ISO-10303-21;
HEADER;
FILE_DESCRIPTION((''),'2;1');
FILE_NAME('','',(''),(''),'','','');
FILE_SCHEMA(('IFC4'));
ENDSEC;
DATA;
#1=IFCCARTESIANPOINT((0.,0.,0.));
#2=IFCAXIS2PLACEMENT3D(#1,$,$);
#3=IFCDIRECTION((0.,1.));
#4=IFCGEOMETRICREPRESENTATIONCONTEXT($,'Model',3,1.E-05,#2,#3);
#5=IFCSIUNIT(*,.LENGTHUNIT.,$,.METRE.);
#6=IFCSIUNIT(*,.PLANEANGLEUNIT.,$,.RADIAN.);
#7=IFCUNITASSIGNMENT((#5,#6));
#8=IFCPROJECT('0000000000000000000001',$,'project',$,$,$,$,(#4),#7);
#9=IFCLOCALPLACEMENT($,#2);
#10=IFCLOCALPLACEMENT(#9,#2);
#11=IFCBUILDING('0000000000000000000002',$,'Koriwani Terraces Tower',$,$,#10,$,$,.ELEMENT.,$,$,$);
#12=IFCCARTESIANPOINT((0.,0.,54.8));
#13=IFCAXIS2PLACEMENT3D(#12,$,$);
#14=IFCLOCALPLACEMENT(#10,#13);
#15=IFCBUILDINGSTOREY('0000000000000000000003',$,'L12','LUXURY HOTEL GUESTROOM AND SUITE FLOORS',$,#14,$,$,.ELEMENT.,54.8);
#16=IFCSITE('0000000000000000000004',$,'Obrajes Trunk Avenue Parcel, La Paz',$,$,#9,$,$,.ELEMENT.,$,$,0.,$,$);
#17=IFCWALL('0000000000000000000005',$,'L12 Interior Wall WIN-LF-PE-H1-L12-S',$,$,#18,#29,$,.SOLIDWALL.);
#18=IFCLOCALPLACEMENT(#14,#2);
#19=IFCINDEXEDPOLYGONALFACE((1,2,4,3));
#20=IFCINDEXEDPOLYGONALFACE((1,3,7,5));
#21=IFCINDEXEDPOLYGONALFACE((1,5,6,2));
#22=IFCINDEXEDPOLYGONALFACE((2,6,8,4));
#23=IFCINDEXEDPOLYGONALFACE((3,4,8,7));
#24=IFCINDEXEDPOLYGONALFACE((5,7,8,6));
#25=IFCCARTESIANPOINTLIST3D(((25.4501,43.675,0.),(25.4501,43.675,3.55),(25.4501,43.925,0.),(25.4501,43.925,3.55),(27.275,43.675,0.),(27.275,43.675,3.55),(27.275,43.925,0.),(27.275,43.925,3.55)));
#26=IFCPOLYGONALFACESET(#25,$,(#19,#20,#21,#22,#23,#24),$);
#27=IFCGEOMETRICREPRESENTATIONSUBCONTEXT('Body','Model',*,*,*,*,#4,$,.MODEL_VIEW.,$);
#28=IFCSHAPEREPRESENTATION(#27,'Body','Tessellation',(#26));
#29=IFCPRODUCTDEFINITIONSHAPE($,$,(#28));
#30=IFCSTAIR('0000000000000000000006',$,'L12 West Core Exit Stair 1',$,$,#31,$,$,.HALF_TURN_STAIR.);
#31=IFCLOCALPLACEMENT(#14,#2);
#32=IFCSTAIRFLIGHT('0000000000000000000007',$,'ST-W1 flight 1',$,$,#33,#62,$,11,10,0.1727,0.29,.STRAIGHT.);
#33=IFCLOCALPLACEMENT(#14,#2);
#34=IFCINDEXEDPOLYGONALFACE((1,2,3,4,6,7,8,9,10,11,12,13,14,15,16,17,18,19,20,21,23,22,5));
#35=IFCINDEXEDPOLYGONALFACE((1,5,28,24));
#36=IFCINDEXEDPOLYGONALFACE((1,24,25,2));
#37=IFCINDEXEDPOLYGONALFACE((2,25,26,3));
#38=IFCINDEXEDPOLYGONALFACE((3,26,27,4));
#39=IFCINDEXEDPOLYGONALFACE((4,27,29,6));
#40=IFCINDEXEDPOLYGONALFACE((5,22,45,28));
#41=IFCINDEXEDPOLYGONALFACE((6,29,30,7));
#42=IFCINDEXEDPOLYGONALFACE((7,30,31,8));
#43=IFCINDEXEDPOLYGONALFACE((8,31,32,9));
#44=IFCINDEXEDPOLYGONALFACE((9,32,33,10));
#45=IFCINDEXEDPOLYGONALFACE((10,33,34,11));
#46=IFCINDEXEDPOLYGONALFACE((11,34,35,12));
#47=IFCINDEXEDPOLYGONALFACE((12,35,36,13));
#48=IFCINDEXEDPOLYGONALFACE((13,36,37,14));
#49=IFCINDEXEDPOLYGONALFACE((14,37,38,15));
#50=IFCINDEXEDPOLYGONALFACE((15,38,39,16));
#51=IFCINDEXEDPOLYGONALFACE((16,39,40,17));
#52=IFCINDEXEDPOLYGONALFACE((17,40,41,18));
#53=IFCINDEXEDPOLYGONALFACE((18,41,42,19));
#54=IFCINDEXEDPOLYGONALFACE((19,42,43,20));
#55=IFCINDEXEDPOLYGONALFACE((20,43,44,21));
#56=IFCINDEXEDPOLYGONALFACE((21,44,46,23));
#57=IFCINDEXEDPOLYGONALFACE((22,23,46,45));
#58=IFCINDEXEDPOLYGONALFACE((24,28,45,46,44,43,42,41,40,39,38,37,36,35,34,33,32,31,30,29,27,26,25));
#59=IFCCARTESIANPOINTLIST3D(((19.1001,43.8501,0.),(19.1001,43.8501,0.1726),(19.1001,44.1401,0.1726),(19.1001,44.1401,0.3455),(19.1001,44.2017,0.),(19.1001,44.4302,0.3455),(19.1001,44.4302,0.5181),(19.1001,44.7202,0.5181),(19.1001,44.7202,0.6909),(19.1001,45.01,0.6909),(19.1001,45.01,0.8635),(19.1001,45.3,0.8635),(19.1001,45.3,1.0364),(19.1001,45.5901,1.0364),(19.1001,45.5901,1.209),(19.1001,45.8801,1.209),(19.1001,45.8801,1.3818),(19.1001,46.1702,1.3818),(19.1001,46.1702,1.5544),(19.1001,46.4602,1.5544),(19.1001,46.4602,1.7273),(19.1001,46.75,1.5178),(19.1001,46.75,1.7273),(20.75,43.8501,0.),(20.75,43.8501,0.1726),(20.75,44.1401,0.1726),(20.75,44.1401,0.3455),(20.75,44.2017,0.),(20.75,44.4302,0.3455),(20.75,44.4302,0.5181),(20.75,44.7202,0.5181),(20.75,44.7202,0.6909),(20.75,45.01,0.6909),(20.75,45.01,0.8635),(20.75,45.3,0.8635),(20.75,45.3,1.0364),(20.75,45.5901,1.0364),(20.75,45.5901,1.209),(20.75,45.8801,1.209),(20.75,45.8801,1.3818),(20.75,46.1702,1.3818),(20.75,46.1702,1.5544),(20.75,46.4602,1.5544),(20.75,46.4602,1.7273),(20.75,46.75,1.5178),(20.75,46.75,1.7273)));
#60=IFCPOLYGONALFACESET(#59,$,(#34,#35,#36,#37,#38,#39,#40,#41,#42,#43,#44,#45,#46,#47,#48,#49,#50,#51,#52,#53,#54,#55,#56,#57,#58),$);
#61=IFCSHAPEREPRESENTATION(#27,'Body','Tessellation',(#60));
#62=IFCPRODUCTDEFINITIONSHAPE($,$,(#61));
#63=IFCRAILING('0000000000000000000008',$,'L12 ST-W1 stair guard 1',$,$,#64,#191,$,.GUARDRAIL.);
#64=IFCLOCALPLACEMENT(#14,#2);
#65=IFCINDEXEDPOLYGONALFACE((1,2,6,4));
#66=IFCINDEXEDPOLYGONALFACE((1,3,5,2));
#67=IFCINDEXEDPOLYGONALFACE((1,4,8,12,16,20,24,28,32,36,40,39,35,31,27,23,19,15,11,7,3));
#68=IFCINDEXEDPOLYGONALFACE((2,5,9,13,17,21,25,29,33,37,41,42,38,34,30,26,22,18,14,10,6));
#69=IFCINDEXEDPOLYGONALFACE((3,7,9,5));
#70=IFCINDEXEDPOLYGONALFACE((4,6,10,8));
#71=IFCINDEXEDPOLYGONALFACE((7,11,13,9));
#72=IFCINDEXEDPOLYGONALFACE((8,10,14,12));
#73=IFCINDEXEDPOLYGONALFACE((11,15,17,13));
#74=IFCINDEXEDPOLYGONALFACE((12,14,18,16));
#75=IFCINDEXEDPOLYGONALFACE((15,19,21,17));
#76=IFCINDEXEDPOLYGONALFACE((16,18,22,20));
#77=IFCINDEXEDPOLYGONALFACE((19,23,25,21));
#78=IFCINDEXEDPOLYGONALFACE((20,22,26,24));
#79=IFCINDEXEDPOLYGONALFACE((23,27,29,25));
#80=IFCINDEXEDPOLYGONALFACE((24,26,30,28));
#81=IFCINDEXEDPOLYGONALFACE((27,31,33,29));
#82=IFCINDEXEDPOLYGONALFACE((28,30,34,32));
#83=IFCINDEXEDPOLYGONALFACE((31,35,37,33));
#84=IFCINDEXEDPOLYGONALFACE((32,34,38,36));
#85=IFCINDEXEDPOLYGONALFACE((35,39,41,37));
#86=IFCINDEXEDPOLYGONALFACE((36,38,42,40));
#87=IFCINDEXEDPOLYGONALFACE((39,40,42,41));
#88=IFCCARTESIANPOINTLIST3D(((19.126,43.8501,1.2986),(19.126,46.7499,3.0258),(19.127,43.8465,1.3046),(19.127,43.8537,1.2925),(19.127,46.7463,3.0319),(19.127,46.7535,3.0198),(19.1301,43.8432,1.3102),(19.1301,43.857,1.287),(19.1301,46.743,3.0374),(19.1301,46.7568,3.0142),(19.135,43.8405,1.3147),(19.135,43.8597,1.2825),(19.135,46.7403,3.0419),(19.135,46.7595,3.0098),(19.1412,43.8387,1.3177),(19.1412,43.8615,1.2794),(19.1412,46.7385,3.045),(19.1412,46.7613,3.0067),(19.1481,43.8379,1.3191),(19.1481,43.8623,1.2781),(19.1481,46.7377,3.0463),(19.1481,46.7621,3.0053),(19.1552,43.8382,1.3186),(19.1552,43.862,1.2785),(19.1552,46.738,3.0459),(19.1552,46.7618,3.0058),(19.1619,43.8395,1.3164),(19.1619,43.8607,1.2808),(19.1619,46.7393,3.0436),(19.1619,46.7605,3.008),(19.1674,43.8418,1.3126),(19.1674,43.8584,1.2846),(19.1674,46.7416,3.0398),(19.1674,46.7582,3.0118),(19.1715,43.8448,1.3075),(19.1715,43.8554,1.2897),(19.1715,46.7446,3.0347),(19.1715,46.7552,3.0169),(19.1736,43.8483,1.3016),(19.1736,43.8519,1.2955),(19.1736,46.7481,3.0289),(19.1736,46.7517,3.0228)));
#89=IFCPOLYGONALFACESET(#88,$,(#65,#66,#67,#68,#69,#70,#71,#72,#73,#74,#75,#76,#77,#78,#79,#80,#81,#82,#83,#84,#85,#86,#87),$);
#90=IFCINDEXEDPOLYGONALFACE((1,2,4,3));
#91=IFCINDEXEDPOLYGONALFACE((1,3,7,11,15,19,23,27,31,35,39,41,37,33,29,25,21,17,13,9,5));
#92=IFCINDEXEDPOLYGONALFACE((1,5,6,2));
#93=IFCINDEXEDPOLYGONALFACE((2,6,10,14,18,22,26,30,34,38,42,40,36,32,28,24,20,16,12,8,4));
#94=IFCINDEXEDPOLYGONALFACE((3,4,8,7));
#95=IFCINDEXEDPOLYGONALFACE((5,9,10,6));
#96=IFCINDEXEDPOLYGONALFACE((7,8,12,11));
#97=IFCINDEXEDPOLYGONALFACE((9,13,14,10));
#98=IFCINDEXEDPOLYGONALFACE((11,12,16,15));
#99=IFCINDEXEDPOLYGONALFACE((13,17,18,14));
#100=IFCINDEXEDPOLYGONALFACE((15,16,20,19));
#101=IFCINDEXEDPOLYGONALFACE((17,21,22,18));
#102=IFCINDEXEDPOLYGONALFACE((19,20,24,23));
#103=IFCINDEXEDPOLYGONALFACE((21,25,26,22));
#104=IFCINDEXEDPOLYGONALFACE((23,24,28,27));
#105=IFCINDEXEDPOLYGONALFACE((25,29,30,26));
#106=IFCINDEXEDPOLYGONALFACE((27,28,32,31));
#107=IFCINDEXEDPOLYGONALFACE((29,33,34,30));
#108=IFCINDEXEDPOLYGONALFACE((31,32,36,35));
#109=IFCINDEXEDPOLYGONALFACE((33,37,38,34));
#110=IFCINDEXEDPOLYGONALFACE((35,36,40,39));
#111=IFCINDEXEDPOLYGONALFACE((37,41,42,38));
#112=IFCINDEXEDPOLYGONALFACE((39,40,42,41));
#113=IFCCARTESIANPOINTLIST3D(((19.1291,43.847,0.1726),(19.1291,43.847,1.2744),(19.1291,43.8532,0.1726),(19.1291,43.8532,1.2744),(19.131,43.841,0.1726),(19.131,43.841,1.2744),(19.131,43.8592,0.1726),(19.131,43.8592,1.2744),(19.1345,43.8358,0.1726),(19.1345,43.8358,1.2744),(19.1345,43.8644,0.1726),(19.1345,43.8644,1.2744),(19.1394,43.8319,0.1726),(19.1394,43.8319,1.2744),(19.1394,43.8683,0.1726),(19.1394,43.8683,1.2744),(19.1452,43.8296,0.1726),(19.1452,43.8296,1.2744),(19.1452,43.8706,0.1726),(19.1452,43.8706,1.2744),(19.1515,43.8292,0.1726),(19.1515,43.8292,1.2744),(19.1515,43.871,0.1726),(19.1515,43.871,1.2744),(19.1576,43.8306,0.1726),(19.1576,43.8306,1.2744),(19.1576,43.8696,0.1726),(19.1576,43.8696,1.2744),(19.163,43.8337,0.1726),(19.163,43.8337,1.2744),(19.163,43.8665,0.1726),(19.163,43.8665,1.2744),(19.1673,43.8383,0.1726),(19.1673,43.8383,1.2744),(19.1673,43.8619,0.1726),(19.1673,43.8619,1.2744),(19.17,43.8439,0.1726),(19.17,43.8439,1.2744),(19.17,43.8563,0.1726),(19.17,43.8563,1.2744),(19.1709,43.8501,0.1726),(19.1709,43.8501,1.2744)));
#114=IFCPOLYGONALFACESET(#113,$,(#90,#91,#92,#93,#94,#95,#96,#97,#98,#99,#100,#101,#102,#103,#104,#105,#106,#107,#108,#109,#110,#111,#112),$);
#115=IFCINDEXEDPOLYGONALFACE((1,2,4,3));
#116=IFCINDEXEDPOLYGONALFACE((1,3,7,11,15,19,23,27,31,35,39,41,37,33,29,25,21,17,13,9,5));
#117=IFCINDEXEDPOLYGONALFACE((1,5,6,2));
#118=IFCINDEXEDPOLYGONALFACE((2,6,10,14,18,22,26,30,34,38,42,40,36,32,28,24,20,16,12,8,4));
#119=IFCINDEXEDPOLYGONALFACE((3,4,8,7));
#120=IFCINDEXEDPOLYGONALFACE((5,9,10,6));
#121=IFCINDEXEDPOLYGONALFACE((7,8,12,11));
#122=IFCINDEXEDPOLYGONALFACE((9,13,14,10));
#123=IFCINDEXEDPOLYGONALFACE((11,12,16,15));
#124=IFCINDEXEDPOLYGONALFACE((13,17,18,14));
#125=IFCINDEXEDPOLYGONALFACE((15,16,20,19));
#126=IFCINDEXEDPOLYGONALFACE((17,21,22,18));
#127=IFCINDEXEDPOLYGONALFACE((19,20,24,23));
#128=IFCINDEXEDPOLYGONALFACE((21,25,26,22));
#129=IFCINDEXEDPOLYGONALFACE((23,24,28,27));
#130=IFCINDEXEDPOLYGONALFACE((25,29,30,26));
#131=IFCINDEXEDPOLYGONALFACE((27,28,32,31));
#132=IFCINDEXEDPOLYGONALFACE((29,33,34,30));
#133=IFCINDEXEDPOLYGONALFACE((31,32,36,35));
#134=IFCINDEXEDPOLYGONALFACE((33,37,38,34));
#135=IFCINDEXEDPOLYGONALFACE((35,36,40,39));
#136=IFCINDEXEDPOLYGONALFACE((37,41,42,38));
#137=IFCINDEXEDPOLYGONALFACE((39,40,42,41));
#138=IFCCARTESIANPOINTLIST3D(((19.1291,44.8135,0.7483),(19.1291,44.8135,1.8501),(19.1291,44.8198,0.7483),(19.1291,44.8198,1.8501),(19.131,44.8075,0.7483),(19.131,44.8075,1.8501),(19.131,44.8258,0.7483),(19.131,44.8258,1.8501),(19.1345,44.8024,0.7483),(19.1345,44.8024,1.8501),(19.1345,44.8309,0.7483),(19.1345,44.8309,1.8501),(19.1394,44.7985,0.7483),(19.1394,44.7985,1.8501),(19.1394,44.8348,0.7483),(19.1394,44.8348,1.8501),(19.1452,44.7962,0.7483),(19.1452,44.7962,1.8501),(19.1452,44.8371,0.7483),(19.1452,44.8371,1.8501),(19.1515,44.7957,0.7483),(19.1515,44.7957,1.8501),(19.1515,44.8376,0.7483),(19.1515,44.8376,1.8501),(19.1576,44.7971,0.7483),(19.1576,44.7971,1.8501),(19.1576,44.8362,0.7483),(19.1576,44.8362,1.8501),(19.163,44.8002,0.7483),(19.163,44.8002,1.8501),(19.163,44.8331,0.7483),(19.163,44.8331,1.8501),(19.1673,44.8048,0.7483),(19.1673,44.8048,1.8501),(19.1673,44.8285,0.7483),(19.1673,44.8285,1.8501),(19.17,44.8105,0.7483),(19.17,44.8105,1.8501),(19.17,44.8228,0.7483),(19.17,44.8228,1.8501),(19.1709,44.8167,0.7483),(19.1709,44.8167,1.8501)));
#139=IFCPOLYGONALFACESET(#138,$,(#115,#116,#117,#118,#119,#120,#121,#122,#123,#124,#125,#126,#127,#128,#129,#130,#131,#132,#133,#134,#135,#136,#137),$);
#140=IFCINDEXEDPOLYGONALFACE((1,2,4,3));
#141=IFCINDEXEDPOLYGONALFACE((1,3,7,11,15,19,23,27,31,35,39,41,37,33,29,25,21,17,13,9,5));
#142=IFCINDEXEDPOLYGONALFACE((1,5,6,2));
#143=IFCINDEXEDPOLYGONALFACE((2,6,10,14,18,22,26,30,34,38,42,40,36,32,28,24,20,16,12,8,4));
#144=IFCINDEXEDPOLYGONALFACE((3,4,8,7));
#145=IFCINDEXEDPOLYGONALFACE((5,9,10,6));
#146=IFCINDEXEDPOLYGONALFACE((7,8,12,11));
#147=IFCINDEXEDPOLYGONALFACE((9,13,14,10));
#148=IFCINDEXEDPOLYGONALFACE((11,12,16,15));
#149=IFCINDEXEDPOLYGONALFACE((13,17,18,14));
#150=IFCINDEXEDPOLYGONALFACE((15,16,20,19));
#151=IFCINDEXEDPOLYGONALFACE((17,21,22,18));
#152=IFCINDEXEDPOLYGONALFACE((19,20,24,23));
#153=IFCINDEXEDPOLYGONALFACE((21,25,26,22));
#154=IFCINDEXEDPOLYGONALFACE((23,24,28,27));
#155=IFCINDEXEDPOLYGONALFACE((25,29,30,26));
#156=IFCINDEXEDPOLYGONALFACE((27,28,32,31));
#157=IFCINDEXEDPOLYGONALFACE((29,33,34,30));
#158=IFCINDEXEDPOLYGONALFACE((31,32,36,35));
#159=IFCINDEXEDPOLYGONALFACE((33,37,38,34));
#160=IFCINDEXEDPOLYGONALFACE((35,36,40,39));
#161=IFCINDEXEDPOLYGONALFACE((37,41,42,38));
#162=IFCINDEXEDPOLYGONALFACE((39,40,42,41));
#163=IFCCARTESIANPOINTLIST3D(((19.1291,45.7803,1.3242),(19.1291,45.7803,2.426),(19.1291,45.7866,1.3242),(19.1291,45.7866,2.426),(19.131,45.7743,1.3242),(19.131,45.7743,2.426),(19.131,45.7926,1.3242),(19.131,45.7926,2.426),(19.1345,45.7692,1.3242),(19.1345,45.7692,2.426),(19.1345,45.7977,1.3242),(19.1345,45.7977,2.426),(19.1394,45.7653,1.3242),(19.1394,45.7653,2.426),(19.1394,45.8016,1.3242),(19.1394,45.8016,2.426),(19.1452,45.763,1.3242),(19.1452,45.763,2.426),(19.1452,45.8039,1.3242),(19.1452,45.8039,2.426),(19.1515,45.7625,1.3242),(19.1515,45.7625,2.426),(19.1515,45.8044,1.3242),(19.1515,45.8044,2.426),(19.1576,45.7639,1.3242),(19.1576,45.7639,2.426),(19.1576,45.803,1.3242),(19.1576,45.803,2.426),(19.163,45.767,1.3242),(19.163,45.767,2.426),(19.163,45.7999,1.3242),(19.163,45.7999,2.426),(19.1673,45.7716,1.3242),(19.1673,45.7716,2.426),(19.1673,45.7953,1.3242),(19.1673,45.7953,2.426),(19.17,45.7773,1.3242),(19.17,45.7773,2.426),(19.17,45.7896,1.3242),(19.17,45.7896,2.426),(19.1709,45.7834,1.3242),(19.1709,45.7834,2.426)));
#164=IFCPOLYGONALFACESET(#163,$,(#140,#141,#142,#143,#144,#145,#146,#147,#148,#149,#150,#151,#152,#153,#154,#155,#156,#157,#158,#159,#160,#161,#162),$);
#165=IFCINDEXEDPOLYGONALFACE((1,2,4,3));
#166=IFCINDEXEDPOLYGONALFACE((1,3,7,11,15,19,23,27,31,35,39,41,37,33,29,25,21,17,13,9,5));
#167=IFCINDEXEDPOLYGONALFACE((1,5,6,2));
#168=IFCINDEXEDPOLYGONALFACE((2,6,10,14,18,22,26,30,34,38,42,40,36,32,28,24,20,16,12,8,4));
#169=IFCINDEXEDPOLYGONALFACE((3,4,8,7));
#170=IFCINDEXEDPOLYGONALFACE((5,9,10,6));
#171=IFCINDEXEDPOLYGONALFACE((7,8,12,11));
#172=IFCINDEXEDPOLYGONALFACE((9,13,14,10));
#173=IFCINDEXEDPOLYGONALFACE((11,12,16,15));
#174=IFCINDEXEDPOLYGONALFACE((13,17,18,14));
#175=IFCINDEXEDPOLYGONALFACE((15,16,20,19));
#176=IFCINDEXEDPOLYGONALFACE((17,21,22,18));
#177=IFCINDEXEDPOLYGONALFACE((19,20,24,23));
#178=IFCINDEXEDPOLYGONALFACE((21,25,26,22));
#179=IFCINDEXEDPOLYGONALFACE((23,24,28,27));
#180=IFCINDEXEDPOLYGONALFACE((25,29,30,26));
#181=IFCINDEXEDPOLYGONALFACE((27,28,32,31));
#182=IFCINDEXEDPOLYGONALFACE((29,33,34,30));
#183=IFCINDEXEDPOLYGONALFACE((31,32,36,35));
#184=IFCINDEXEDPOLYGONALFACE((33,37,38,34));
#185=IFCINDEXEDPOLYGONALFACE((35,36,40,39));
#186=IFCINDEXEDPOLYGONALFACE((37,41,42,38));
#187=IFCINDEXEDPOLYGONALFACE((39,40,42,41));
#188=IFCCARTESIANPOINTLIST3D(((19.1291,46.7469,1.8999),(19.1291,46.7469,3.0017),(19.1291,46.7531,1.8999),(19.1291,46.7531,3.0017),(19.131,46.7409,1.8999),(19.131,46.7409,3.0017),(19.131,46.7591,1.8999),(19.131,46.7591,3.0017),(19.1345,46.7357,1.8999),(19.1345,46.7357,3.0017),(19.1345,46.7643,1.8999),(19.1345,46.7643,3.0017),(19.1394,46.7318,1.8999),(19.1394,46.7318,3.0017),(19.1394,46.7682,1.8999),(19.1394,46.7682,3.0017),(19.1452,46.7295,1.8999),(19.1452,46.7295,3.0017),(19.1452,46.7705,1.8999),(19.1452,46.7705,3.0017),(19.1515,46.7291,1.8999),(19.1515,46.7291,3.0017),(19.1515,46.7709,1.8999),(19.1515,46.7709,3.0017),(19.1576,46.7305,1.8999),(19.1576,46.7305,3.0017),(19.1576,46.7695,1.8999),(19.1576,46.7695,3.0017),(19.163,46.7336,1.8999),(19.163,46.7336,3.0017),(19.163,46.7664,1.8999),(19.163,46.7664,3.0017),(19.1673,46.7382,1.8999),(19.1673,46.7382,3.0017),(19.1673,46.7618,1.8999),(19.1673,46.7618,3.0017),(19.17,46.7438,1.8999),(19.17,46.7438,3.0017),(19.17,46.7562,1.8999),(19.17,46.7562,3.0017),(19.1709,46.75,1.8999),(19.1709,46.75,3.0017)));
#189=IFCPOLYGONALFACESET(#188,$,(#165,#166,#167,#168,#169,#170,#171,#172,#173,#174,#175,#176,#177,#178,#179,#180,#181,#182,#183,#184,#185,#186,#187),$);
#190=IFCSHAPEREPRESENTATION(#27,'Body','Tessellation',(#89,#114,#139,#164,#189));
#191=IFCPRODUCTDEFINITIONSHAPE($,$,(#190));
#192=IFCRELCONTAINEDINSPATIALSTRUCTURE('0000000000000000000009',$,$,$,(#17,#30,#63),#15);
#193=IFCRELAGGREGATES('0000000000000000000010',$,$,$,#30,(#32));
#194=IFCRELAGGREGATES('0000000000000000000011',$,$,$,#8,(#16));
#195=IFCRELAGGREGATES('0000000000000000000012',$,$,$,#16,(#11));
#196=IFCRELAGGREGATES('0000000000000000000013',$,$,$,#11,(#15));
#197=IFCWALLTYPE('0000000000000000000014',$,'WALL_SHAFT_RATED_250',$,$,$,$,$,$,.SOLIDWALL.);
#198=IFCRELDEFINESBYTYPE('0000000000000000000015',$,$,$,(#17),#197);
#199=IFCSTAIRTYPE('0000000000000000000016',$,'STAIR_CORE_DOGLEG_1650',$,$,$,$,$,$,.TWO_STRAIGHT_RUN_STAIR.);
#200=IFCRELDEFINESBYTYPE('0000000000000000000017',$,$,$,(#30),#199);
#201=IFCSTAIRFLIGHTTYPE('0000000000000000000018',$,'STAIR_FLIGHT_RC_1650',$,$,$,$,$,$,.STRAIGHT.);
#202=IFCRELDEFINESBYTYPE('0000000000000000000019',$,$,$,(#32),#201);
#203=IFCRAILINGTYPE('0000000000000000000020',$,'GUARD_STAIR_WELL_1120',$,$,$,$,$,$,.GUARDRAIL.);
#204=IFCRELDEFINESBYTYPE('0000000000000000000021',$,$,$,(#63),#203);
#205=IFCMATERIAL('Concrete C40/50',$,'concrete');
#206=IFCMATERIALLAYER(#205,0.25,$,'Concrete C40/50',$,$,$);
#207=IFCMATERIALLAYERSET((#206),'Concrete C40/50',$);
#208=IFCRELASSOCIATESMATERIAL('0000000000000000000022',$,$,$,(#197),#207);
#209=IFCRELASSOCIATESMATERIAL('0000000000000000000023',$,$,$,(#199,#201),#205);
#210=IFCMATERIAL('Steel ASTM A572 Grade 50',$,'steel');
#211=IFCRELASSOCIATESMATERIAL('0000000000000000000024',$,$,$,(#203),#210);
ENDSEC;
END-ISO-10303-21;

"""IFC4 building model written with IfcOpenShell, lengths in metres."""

from ifc_helpers import new_model, si_unit, direction, frame, frame_2d, origin, origin_2d, place, context, subcontext, project, spatial, polyline, rectangle, circle, outline, extrude, material, layer, layer_set, type_object, element, aggregate, save


model = new_model("IFC4")

# Units and contexts
model_context = context("Model", 3, precision=1e-05, world=origin(), true_north=direction((0.0, 1.0)))
body_context = subcontext(model_context, "Body", "Model", "MODEL_VIEW")
ifc_project = project(units=[si_unit("LENGTHUNIT", "METRE"), si_unit("PLANEANGLEUNIT", "RADIAN")], contexts=[model_context])

# Site, building, storey
site_placement = place(None, origin())
site = spatial("IfcSite", under=ifc_project, at=site_placement, Name="Obrajes Trunk Avenue Parcel, La Paz", CompositionType="ELEMENT", RefElevation=0.0)
building_placement = place(site_placement, origin())
building = spatial("IfcBuilding", under=site, at=building_placement, Name="Koriwani Terraces Tower", CompositionType="ELEMENT")
storey_placement = place(building_placement, frame((0.0, 0.0, 54.8)))
storey = spatial("IfcBuildingStorey", under=building, at=storey_placement, Name="L12", Description="LUXURY HOTEL GUESTROOM AND SUITE FLOORS", CompositionType="ELEMENT", Elevation=54.8)

# Shared definitions
ifc_material_1 = material(Name="Concrete C40/50", Category="concrete")
ifc_material_2 = material(Name="Steel ASTM A572 Grade 50", Category="steel")

# Shared definitions
ifc_layer_1 = layer(ifc_material_1, 0.25, Name="Concrete C40/50")
ifc_layer_set_1 = layer_set([ifc_layer_1], Name="Concrete C40/50")
wall_type_1 = type_object("IfcWallType", Name="WALL_SHAFT_RATED_250", PredefinedType="SOLIDWALL", material=ifc_layer_set_1)

# Wall
wall_1_placement = place(storey_placement, frame((25.45, 43.8, 0.0), z_axis=(0.0, 0.0, 1.0), x_axis=(1.0, 0.0, 0.0)))
element("IfcWall", 1, at=wall_1_placement, inside=storey, type_object=wall_type_1, Name="L12 Interior Wall WIN-LF-PE-H1-L12-S", PredefinedType="SOLIDWALL", context=body_context, shape_type="SweptSolid", body=[
    extrude(rectangle(XDim=1.825, YDim=0.25, at=frame_2d((0.9126, 0.0))), origin(), (0.0, 0.0, 1.0), 3.55),
])

# Stair, stair flight
stair_type = type_object("IfcStairType", Name="STAIR_CORE_DOGLEG_1650", PredefinedType="TWO_STRAIGHT_RUN_STAIR", material=ifc_material_1)
stair_placement = place(storey_placement, origin())
stair = element("IfcStair", 2, at=stair_placement, inside=storey, type_object=stair_type, Name="L12 West Core Exit Stair 1", PredefinedType="HALF_TURN_STAIR")
stair_flight_type = type_object("IfcStairFlightType", Name="STAIR_FLIGHT_RC_1650", PredefinedType="STRAIGHT", material=ifc_material_1)
stair_flight_placement = place(storey_placement, frame((19.925, 43.8501, 0.0), z_axis=(0.0, 0.0, 1.0), x_axis=(0.0, 1.0, 0.0)))
stair_flight = element("IfcStairFlight", 3, at=stair_flight_placement, type_object=stair_flight_type, Name="ST-W1 flight 1", NumberOfRisers=11, NumberOfTreads=10, PredefinedType="STRAIGHT", RiserHeight=0.1727, TreadLength=0.29, context=body_context, shape_type="SweptSolid", body=[
    extrude(outline(polyline([(0.0, 0.0), (0.0, 0.1726), (0.29, 0.1726), (0.29, 0.3455), (0.5801, 0.3455), (0.5801, 0.5181), (0.8701, 0.5181), (0.8701, 0.6909), (1.1599, 0.6909), (1.1599, 0.8635), (1.45, 0.8635), (1.45, 1.0364), (1.74, 1.0364), (1.74, 1.209), (2.03, 1.209), (2.03, 1.3818), (2.3201, 1.3818), (2.3201, 1.5544), (2.6101, 1.5544), (2.6101, 1.7273), (2.8999, 1.7273), (2.8999, 1.8999), (2.8999, 1.5178), (0.3516, 0.0), (0.0, 0.0)])), frame((0.0, 0.825, 0.0), z_axis=(0.0, -1.0, 0.0), x_axis=(1.0, 0.0, 0.0)), (0.0, 0.0, 1.0), 1.6499),
])
aggregate(stair, [stair_flight])

# Railing
railing_type_1 = type_object("IfcRailingType", Name="GUARD_STAIR_WELL_1120", PredefinedType="GUARDRAIL", material=ifc_material_2)
railing_1_placement = place(storey_placement, frame((19.1499, 43.8501, 0.1726)))
element("IfcRailing", 4, at=railing_1_placement, inside=storey, type_object=railing_type_1, Name="L12 ST-W1 stair guard 1", PredefinedType="GUARDRAIL", context=body_context, shape_type="SweptSolid", body=[
    extrude(circle(Radius=0.0239, at=origin_2d()), frame((0.0, 0.0, 1.126), z_axis=(0.0, 0.859141, 0.511738), x_axis=(-1.0, 0.0, 0.0)), (0.0, 0.0, 1.0), 3.3752),
    extrude(circle(Radius=0.021, at=origin_2d()), origin(), (0.0, 0.0, 1.0), 1.1018),
    extrude(circle(Radius=0.021, at=origin_2d()), frame((0.0, 0.9666, 0.5757)), (0.0, 0.0, 1.0), 1.1018),
    extrude(circle(Radius=0.021, at=origin_2d()), frame((0.0, 1.9333, 1.1516)), (0.0, 0.0, 1.0), 1.1018),
    extrude(circle(Radius=0.021, at=origin_2d()), frame((0.0, 2.8999, 1.7273)), (0.0, 0.0, 1.0), 1.1018),
])

save(model, "model.ifc")
